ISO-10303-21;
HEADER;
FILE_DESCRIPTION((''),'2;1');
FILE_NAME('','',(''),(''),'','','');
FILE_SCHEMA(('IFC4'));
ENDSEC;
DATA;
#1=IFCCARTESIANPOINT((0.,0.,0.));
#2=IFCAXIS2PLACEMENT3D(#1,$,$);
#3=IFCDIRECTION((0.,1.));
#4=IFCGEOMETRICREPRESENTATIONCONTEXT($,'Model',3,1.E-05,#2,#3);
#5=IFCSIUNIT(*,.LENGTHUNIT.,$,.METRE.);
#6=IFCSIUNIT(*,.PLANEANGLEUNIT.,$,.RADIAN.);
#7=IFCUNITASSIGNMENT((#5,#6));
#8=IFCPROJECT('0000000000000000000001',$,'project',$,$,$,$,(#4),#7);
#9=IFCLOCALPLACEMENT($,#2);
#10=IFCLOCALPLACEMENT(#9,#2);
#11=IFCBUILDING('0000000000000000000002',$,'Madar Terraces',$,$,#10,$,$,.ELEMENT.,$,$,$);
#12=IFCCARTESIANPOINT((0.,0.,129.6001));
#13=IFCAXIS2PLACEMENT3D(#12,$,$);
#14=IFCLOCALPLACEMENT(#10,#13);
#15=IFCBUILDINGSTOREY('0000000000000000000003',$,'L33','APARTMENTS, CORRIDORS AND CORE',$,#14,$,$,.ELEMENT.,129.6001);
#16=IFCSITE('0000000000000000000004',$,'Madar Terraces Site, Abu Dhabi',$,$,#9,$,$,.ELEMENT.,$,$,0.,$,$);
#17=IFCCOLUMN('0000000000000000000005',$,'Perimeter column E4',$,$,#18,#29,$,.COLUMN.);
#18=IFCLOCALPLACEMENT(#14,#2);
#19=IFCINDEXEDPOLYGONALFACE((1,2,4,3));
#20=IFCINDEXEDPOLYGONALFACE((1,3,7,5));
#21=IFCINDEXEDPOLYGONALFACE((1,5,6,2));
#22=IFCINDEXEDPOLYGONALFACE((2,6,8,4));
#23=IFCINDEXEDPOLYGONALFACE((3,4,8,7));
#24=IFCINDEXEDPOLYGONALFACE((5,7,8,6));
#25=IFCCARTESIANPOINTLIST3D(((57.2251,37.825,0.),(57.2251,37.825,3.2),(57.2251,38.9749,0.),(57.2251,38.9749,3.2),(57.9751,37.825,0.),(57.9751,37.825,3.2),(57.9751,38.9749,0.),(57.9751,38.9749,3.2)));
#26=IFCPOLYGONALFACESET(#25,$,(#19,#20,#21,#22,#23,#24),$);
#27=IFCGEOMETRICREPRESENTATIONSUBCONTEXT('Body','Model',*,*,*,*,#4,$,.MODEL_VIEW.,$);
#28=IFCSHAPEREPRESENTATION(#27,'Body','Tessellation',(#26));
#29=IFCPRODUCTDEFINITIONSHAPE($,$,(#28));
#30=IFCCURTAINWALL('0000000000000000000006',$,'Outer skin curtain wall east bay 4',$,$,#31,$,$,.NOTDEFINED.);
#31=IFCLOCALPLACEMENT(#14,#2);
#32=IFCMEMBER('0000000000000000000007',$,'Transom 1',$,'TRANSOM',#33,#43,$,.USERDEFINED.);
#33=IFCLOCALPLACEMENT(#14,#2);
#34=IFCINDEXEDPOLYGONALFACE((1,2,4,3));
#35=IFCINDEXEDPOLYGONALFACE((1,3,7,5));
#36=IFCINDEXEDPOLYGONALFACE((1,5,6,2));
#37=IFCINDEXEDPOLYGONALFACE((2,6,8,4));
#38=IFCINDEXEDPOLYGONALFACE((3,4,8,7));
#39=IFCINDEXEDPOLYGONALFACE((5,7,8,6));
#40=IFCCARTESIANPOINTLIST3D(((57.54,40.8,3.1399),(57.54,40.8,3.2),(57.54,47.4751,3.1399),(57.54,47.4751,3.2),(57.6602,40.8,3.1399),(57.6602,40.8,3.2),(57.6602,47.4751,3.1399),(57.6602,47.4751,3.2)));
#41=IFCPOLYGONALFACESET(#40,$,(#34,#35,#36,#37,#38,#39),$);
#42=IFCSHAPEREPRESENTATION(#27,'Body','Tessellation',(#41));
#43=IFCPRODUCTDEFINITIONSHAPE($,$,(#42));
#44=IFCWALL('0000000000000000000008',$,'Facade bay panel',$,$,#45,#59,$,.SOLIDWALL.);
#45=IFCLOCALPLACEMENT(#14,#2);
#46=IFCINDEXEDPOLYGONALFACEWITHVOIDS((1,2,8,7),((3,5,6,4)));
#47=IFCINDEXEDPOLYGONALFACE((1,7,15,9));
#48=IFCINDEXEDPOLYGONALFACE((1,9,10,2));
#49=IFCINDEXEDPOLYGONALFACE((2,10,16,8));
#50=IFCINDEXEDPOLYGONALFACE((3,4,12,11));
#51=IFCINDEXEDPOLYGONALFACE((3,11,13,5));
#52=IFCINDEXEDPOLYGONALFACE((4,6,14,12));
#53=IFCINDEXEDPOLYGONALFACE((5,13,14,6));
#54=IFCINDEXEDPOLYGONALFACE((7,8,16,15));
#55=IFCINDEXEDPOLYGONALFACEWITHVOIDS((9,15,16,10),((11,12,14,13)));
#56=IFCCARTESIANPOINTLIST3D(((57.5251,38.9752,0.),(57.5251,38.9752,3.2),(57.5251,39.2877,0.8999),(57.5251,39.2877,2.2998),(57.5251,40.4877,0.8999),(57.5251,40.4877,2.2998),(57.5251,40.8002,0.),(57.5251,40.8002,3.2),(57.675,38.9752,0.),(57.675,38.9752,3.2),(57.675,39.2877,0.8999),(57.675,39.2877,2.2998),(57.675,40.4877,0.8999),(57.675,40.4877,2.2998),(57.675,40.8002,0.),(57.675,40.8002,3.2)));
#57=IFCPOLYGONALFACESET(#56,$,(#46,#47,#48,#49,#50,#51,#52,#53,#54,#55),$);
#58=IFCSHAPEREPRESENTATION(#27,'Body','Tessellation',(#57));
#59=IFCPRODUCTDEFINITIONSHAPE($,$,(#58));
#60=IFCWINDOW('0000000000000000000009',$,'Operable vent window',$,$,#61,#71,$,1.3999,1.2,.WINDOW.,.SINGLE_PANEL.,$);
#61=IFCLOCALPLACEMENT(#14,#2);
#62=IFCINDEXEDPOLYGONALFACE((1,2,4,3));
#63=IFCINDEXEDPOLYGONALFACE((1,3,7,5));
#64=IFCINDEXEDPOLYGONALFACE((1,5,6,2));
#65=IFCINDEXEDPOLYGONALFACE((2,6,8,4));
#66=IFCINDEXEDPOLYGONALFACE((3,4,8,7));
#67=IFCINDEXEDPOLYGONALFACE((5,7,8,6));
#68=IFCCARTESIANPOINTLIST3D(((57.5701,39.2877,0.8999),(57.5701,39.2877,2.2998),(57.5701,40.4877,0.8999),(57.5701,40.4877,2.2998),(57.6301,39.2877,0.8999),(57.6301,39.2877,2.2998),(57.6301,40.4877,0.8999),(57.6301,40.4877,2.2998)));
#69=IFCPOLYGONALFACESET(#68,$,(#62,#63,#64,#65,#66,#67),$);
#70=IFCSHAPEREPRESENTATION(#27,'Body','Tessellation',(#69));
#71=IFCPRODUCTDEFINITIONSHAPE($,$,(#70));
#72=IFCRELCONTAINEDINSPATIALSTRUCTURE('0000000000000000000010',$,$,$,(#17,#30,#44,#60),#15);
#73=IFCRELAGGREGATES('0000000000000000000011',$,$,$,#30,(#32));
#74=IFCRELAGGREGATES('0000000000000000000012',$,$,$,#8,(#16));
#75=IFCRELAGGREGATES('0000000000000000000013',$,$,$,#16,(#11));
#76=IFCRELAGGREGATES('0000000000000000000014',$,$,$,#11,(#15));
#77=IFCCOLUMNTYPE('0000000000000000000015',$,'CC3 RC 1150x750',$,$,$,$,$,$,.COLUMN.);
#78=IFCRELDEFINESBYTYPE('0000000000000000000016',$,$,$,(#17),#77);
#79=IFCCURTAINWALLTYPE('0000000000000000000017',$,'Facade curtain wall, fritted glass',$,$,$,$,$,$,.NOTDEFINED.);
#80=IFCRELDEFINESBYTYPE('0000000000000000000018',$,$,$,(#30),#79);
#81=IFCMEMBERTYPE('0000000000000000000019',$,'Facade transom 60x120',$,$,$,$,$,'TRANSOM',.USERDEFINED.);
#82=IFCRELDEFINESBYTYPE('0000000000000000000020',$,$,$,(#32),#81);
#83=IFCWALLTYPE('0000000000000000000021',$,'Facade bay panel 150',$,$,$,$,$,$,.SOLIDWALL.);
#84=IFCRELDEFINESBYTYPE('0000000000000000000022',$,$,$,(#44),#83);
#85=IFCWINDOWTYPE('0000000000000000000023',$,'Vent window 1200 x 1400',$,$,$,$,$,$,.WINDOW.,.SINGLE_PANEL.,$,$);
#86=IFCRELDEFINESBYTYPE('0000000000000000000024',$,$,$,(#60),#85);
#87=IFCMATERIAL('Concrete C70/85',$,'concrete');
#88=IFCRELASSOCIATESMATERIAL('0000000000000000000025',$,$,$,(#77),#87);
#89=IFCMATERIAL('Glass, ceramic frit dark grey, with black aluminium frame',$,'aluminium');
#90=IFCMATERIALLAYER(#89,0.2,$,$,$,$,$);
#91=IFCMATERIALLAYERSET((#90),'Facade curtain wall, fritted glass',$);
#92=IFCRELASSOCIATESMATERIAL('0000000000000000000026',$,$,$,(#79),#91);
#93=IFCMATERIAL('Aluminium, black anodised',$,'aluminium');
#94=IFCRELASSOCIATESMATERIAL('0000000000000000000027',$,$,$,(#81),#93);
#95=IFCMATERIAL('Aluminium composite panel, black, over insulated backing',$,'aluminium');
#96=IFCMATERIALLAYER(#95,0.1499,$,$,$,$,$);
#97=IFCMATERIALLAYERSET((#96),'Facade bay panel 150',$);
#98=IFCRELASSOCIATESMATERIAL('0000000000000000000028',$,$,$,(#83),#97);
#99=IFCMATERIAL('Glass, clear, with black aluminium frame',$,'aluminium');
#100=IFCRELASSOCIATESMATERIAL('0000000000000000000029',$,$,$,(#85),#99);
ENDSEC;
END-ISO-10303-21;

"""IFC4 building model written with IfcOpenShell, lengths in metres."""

from ifc_helpers import new_model, si_unit, direction, frame, frame_2d, origin, origin_2d, place, context, subcontext, project, spatial, rectangle, extrude, material, layer, layer_set, material_profile, profile_set, type_object, element, fill, aggregate, save


model = new_model("IFC4")

# Units and contexts
model_context = context("Model", 3, precision=1e-05, world=origin(), true_north=direction((0.0, 1.0)))
body_context = subcontext(model_context, "Body", "Model", "MODEL_VIEW")
ifc_project = project(units=[si_unit("LENGTHUNIT", "METRE"), si_unit("PLANEANGLEUNIT", "RADIAN")], contexts=[model_context])

# Site, building, storey
site_placement = place(None, origin())
site = spatial("IfcSite", under=ifc_project, at=site_placement, Name="Madar Terraces Site, Abu Dhabi", CompositionType="ELEMENT", RefElevation=0.0)
building_placement = place(site_placement, origin())
building = spatial("IfcBuilding", under=site, at=building_placement, Name="Madar Terraces", CompositionType="ELEMENT")
storey_placement = place(building_placement, frame((0.0, 0.0, 129.6001)))
storey = spatial("IfcBuildingStorey", under=building, at=storey_placement, Name="L33", Description="APARTMENTS, CORRIDORS AND CORE", CompositionType="ELEMENT", Elevation=129.6001)

# Column
ifc_material_1 = material(Name="Concrete C70/85", Category="concrete")
ifc_material_profile_1 = material_profile(ifc_material_1, rectangle(XDim=1.1499, YDim=0.75, at=origin_2d()), Name="CC3 RC 1150x750")
ifc_profile_set_1 = profile_set([ifc_material_profile_1], Name="Concrete C70/85")
column_type = type_object("IfcColumnType", Name="CC3 RC 1150x750", PredefinedType="COLUMN", material=ifc_profile_set_1)
column_placement = place(storey_placement, frame((57.6001, 38.3999, 0.0), z_axis=(0.0, 0.0, 1.0), x_axis=(0.0, 1.0, 0.0)))
element("IfcColumn", 1, at=column_placement, inside=storey, type_object=column_type, Name="Perimeter column E4", PredefinedType="COLUMN", context=body_context, shape_type="SweptSolid", body=[
    extrude(rectangle(XDim=1.1499, YDim=0.75, at=origin_2d()), origin(), (0.0, 0.0, 1.0), 3.2),
])

# Curtain wall, member
ifc_material_2 = material(Name="Glass, ceramic frit dark grey, with black aluminium frame", Category="aluminium")
ifc_layer_1 = layer(ifc_material_2, 0.2)
ifc_layer_set_1 = layer_set([ifc_layer_1], Name="Facade curtain wall, fritted glass")
curtain_wall_type = type_object("IfcCurtainWallType", Name="Facade curtain wall, fritted glass", PredefinedType="NOTDEFINED", material=ifc_layer_set_1)
curtain_wall_placement = place(storey_placement, origin())
curtain_wall = element("IfcCurtainWall", 2, at=curtain_wall_placement, inside=storey, type_object=curtain_wall_type, Name="Outer skin curtain wall east bay 4", PredefinedType="NOTDEFINED")
ifc_material_3 = material(Name="Aluminium, black anodised", Category="aluminium")
ifc_material_profile_2 = material_profile(ifc_material_3, rectangle(XDim=0.1201, YDim=0.0601, at=origin_2d()), Name="Facade transom 60x120")
ifc_profile_set_2 = profile_set([ifc_material_profile_2], Name="Aluminium, black anodised")
member_type = type_object("IfcMemberType", Name="Facade transom 60x120", ElementType="TRANSOM", PredefinedType="USERDEFINED", material=ifc_profile_set_2)
member_placement = place(storey_placement, frame((57.6001, 40.8, 3.1699), z_axis=(0.0, 1.0, 0.0), x_axis=(-1.0, 0.0, 0.0)))
member = element("IfcMember", 3, at=member_placement, type_object=member_type, Name="Transom 1", ObjectType="TRANSOM", PredefinedType="USERDEFINED", context=body_context, shape_type="SweptSolid", body=[
    extrude(rectangle(XDim=0.1201, YDim=0.0601, at=origin_2d()), origin(), (0.0, 0.0, 1.0), 6.675),
])
aggregate(curtain_wall, [member])

# Wall, opening, window
ifc_material_4 = material(Name="Aluminium composite panel, black, over insulated backing", Category="aluminium")
ifc_layer_2 = layer(ifc_material_4, 0.1499)
ifc_layer_set_2 = layer_set([ifc_layer_2], Name="Facade bay panel 150")
wall_type_1 = type_object("IfcWallType", Name="Facade bay panel 150", PredefinedType="SOLIDWALL", material=ifc_layer_set_2)
wall_1_placement = place(storey_placement, frame((57.6001, 38.9751, 0.0), z_axis=(0.0, 0.0, 1.0), x_axis=(0.0, 1.0, 0.0)))
wall_1 = element("IfcWall", 4, at=wall_1_placement, inside=storey, type_object=wall_type_1, Name="Facade bay panel", PredefinedType="SOLIDWALL", context=body_context, shape_type="SweptSolid", body=[
    extrude(rectangle(XDim=1.825, YDim=0.1499, at=frame_2d((0.9126, 0.0))), origin(), (0.0, 0.0, 1.0), 3.2),
])
opening_1_placement = place(wall_1_placement, frame((0.3125, 0.0, 0.8999)))
opening_1 = element("IfcOpeningElement", 5, at=opening_1_placement, cuts=wall_1, PredefinedType="OPENING", context=body_context, shape_type="SweptSolid", body=[
    extrude(rectangle(XDim=1.2, YDim=1.3999, at=frame_2d((0.6001, 0.7))), frame((0.0, 0.085, 0.0), z_axis=(0.0, -1.0, 0.0), x_axis=(1.0, 0.0, 0.0)), (0.0, 0.0, 1.0), 0.1699),
])
ifc_material_5 = material(Name="Glass, clear, with black aluminium frame", Category="aluminium")
window_type = type_object("IfcWindowType", Name="Vent window 1200 x 1400", PartitioningType="SINGLE_PANEL", PredefinedType="WINDOW", material=ifc_material_5)
window_placement = place(opening_1_placement, origin())
window = element("IfcWindow", 6, at=window_placement, inside=storey, type_object=window_type, Name="Operable vent window", OverallHeight=1.3999, OverallWidth=1.2, PartitioningType="SINGLE_PANEL", PredefinedType="WINDOW", context=body_context, shape_type="SweptSolid", body=[
    extrude(rectangle(XDim=1.2, YDim=1.3999, at=frame_2d((0.6001, 0.7))), frame((0.0, 0.03, 0.0), z_axis=(0.0, -1.0, 0.0), x_axis=(1.0, 0.0, 0.0)), (0.0, 0.0, 1.0), 0.0601),
])
fill(opening_1, window)

save(model, "model.ifc")
